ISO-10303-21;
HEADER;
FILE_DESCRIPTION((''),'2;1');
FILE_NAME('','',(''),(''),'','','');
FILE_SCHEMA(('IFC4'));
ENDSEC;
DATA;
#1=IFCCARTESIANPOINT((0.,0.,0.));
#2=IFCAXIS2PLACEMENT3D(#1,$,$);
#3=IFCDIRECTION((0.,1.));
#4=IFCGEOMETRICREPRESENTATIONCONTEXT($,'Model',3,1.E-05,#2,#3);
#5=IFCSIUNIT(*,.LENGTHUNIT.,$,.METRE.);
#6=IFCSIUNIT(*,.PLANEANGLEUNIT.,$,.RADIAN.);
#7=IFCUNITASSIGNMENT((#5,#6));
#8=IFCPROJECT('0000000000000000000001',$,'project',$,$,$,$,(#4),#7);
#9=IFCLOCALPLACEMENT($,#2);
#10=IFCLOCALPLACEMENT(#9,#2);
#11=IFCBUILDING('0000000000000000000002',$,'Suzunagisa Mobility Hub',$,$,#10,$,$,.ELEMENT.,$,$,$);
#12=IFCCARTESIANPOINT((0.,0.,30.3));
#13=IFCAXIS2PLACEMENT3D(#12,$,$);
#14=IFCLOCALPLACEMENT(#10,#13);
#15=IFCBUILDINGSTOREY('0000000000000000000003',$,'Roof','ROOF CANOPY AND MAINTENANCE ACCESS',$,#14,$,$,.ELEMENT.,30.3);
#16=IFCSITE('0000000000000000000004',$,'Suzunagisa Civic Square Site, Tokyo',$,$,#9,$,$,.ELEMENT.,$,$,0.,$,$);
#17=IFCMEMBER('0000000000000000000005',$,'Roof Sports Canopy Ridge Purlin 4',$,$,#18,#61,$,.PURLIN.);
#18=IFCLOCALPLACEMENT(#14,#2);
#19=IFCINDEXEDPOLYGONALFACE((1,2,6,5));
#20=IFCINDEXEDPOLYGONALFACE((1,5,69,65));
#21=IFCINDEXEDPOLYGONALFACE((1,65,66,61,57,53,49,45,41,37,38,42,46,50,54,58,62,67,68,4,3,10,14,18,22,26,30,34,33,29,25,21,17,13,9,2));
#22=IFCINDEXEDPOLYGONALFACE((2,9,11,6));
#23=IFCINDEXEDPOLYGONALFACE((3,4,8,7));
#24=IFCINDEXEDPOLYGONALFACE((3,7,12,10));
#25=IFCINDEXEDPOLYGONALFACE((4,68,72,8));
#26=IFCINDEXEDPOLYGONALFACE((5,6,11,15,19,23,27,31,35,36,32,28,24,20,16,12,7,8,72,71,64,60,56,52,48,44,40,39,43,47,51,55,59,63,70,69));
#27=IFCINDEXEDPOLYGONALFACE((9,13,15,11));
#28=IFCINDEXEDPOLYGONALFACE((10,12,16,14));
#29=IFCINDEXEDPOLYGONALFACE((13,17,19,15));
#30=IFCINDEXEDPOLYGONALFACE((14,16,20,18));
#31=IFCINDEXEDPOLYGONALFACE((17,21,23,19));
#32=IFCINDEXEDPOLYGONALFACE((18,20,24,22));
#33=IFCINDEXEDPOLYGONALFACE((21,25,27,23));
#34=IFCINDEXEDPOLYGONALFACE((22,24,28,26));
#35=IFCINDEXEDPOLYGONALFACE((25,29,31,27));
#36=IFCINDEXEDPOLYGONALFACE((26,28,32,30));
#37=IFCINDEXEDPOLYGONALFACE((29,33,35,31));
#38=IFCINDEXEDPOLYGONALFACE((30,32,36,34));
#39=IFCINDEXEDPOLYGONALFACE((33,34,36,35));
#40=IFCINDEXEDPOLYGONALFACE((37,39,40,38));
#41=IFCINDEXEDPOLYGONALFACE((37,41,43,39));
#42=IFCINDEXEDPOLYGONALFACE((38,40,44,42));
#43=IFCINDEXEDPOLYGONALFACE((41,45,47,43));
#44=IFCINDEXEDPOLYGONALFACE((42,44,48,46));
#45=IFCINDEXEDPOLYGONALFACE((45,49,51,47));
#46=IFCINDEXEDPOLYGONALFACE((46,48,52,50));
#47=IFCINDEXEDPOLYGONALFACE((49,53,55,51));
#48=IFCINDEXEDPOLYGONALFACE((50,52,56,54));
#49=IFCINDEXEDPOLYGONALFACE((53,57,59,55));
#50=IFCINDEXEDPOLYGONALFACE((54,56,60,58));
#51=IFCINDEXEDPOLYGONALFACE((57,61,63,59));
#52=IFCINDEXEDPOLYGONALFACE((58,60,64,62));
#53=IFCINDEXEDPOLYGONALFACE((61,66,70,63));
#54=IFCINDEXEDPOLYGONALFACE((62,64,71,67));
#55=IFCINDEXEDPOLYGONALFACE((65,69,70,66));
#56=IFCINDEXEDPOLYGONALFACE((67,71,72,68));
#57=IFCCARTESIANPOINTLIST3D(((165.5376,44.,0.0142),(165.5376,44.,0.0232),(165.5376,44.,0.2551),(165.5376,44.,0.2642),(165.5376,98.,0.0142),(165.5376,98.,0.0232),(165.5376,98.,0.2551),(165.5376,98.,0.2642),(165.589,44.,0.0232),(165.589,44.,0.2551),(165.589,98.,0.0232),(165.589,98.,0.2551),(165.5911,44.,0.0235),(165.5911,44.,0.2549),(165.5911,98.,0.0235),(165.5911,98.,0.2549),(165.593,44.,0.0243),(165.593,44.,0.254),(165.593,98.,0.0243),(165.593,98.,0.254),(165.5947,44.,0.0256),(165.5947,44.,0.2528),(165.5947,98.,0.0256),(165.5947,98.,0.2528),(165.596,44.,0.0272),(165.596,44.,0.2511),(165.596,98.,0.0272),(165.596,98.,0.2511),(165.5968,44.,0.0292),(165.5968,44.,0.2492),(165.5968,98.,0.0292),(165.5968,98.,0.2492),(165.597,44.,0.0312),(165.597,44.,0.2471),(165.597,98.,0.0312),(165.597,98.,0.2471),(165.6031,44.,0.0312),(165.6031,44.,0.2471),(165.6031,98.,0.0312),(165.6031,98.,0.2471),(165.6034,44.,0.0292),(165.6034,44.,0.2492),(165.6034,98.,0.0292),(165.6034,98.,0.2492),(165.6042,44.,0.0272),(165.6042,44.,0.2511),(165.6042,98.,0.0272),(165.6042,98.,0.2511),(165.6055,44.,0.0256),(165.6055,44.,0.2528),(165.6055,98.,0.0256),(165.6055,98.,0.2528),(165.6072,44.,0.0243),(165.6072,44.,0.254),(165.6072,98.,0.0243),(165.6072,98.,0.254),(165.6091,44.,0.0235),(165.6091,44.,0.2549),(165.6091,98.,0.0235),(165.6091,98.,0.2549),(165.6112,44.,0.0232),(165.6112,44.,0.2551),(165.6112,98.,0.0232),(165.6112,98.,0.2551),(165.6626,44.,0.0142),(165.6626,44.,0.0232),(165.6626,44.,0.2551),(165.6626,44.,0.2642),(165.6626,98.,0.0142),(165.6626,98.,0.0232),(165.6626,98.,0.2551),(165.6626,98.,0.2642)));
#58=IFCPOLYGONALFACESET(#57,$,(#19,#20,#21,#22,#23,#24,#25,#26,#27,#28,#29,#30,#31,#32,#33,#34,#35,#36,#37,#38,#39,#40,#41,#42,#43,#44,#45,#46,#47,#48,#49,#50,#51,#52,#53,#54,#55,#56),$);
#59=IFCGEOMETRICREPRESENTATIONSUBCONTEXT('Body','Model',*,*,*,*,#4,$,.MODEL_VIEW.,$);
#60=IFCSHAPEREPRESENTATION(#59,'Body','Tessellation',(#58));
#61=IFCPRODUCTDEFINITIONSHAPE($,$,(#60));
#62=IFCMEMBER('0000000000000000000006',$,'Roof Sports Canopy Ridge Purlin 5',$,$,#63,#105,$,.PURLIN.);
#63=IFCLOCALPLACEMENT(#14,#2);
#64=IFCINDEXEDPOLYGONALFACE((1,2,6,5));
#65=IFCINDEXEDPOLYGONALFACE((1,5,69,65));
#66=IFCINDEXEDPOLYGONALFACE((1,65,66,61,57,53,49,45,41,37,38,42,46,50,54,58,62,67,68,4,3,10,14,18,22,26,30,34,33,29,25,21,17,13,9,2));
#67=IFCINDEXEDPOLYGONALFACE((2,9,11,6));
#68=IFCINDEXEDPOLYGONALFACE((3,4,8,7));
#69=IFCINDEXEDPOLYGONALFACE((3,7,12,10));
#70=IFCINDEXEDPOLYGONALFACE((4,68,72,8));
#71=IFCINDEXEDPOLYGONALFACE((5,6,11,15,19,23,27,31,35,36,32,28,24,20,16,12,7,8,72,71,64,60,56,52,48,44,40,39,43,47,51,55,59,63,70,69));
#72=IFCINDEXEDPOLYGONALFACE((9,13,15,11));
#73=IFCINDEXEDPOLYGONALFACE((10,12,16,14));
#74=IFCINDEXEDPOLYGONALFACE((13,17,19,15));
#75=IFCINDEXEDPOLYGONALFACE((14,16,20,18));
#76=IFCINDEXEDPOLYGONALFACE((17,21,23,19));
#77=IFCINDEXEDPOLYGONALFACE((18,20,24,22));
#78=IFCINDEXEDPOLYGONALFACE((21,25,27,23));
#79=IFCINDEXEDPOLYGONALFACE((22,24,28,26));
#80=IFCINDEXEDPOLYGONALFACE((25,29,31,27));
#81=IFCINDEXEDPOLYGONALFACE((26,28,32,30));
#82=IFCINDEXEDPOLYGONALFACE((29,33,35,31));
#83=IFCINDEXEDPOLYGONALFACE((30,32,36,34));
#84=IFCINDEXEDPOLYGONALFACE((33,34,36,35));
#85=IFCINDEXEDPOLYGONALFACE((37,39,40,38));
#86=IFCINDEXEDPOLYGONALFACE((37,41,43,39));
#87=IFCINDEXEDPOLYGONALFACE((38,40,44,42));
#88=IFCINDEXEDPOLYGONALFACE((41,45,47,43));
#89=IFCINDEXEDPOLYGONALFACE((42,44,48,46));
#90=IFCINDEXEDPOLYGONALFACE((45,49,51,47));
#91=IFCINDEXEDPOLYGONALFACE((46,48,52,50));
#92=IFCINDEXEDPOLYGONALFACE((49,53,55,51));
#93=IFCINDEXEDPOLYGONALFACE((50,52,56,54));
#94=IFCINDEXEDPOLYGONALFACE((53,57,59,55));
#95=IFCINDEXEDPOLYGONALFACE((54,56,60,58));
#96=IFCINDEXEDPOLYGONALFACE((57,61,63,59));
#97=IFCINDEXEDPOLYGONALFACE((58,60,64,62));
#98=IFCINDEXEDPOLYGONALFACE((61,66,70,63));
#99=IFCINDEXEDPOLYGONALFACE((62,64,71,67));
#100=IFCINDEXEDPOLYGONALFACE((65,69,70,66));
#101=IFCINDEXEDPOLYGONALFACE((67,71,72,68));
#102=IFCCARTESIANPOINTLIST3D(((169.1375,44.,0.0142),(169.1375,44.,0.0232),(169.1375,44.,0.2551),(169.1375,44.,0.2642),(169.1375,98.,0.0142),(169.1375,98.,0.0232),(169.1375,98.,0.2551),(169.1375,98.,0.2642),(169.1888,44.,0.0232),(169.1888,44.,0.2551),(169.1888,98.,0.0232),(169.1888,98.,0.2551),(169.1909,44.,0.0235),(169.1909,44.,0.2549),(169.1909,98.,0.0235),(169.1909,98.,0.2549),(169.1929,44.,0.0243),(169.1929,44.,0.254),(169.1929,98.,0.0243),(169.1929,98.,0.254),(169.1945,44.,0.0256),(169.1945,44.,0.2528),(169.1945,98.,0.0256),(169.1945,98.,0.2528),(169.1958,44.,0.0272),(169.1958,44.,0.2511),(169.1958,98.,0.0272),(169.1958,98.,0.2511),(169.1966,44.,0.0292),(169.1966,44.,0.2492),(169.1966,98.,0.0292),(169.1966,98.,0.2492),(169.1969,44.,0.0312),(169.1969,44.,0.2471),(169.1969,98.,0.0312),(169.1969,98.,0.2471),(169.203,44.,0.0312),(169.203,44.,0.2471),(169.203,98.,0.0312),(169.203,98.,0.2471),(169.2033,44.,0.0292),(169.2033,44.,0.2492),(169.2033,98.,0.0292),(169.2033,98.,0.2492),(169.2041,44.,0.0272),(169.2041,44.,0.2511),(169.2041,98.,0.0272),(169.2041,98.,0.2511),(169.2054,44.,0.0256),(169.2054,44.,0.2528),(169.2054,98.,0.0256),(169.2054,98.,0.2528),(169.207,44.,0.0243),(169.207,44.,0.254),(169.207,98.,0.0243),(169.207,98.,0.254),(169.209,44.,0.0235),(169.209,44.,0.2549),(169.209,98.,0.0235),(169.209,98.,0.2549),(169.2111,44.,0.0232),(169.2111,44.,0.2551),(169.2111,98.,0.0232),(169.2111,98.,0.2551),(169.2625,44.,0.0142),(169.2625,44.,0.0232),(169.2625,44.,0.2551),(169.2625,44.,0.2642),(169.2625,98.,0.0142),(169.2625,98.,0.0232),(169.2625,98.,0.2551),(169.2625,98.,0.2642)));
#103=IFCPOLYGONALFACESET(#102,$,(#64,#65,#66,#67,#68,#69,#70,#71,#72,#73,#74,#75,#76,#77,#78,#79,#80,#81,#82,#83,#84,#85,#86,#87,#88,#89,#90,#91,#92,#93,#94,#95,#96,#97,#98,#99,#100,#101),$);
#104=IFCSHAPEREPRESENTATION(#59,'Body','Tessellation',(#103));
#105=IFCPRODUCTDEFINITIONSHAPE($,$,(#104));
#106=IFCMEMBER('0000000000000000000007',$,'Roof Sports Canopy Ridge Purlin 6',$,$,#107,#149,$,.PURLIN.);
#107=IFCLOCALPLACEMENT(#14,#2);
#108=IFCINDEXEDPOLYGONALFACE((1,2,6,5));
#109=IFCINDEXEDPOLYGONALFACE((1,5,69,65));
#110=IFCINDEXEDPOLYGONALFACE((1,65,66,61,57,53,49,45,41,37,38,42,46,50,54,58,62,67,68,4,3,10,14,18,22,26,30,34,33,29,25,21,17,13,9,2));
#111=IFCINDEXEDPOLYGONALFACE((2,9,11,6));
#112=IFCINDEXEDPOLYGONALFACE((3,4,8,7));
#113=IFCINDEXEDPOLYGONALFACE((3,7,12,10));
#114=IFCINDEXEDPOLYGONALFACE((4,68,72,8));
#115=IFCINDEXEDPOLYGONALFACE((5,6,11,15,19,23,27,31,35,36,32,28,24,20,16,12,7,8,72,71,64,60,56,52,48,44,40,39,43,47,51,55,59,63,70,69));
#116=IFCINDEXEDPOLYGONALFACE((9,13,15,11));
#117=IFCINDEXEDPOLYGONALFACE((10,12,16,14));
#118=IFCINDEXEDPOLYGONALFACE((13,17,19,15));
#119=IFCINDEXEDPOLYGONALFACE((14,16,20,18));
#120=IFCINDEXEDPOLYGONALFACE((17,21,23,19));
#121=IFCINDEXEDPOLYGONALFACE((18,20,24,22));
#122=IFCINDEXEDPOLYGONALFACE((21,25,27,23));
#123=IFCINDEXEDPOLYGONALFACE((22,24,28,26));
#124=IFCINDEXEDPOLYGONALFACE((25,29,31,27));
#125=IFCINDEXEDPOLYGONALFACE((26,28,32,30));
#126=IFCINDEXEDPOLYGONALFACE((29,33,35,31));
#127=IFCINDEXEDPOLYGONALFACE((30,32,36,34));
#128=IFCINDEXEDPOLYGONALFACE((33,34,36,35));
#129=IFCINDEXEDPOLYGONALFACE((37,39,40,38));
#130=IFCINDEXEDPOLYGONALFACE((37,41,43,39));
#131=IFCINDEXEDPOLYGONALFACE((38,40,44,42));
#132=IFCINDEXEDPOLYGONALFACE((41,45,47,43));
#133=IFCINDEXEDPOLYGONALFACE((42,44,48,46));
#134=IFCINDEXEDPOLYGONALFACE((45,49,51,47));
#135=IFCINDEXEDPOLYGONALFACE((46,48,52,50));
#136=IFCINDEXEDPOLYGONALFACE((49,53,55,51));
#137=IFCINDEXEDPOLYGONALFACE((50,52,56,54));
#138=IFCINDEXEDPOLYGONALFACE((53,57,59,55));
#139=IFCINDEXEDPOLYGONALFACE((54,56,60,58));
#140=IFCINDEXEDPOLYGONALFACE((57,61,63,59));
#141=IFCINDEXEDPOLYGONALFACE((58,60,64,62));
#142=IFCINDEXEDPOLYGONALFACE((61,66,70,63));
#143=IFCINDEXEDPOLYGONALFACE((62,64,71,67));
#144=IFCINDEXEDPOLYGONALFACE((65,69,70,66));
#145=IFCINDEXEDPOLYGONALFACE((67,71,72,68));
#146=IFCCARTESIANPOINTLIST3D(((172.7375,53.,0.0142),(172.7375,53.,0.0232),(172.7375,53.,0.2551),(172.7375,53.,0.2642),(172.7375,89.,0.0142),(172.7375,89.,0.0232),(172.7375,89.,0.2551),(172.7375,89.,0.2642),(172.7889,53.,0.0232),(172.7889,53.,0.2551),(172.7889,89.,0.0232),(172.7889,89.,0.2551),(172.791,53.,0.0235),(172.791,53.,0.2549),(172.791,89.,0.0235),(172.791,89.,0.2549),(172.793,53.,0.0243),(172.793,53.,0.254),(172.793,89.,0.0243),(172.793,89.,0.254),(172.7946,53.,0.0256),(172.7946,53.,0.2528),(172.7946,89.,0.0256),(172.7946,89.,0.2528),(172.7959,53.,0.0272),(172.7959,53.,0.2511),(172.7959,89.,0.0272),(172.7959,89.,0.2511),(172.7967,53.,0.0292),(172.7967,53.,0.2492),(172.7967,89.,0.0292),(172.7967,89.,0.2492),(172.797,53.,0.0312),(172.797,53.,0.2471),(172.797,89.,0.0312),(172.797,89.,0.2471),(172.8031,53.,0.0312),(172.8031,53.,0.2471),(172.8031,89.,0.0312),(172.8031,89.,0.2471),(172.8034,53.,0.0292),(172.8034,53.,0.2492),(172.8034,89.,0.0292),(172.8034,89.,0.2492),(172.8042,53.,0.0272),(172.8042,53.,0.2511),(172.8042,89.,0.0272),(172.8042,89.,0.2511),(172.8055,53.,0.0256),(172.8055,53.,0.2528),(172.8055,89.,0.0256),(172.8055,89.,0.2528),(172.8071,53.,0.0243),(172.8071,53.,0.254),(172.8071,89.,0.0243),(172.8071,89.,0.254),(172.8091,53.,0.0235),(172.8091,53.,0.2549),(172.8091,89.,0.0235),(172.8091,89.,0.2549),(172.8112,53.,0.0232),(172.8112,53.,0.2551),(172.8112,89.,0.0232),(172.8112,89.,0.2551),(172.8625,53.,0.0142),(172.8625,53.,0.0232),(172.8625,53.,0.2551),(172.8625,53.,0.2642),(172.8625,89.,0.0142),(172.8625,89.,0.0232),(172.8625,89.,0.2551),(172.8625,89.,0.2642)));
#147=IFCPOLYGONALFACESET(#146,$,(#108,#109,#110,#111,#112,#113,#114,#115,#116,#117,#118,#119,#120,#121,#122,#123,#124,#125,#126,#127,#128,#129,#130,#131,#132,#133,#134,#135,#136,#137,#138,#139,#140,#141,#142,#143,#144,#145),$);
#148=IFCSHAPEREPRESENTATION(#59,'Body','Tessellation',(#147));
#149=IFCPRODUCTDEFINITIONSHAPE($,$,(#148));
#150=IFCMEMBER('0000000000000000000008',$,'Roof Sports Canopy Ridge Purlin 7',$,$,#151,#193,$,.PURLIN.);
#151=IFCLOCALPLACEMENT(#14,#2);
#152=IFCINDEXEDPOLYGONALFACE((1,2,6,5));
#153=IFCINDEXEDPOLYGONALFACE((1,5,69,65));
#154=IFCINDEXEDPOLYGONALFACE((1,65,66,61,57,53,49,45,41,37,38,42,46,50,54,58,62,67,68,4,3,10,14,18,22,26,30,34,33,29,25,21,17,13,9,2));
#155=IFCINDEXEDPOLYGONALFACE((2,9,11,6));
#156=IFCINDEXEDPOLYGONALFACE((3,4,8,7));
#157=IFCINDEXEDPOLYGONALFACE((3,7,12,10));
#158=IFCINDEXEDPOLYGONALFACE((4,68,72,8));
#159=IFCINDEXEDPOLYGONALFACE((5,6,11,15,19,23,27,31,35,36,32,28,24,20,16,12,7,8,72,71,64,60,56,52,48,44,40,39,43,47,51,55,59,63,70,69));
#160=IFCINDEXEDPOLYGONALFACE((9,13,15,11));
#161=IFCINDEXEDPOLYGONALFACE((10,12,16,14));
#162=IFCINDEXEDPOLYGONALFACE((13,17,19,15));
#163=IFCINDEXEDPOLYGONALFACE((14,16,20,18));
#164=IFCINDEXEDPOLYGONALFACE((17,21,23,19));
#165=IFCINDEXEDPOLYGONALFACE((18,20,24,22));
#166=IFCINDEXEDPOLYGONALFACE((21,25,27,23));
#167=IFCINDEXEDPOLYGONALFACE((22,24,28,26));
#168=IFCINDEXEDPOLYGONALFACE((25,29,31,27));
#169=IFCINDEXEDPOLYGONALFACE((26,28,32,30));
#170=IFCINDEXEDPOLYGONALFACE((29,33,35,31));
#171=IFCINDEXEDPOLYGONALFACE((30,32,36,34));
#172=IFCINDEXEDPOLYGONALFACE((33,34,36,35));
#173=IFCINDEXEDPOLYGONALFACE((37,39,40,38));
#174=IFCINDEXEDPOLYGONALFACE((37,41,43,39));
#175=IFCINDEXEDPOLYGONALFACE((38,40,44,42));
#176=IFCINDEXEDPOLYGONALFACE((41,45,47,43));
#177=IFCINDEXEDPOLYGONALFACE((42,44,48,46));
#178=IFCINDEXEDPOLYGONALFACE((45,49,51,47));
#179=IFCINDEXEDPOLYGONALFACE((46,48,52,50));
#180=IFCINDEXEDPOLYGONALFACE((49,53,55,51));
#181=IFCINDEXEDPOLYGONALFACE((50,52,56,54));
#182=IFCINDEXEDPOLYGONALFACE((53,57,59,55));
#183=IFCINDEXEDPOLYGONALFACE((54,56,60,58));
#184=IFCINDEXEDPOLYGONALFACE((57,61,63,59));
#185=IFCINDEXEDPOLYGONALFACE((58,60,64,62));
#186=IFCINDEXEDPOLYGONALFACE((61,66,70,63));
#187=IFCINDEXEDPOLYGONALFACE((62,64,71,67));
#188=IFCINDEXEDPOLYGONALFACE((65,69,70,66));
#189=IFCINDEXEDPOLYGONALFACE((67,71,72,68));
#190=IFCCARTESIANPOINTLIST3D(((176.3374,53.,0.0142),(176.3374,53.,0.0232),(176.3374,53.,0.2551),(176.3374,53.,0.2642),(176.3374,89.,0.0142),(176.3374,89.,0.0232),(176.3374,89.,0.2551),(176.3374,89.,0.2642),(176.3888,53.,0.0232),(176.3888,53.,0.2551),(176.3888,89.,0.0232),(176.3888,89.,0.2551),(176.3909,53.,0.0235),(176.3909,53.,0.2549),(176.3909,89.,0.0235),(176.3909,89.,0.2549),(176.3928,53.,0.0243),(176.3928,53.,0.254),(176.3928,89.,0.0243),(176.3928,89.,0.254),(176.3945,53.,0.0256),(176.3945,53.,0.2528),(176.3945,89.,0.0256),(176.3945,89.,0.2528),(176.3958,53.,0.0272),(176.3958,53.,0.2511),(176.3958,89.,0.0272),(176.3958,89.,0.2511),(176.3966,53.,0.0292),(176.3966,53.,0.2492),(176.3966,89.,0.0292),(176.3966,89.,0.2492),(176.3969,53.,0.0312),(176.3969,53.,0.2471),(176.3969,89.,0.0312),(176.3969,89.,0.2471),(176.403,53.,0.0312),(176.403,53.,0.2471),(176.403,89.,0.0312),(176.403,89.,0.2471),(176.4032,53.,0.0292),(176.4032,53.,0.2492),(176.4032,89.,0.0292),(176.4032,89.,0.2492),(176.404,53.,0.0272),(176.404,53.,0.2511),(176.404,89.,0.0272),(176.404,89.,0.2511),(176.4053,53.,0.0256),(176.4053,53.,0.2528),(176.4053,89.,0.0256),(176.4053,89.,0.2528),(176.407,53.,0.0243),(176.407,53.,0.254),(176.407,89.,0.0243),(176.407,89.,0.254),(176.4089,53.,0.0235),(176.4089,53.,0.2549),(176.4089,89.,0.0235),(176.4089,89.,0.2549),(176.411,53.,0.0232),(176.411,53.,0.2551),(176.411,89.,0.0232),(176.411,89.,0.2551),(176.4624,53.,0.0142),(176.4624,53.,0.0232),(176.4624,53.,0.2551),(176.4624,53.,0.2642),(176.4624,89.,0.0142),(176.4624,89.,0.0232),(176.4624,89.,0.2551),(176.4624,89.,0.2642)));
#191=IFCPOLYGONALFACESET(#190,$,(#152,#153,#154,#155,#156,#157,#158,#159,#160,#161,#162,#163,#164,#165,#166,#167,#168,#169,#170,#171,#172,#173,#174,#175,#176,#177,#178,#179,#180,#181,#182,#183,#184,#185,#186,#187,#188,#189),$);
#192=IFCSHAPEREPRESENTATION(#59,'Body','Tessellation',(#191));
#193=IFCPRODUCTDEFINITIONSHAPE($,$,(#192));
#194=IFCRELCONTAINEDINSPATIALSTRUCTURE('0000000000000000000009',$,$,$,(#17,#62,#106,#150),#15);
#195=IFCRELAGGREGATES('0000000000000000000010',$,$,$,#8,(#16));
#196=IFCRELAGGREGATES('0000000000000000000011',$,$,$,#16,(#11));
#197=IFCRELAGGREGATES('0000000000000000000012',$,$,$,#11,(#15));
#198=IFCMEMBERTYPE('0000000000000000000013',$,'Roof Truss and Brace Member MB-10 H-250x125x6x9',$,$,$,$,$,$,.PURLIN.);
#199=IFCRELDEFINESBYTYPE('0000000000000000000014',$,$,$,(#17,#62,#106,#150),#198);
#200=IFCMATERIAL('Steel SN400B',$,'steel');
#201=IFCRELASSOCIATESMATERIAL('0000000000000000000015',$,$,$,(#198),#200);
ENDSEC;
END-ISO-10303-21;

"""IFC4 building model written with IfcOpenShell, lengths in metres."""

from ifc_helpers import new_model, si_unit, direction, frame, origin, origin_2d, place, context, subcontext, project, spatial, i_section, extrude, material, material_profile, profile_set, type_object, element, save


model = new_model("IFC4")

# Units and contexts
model_context = context("Model", 3, precision=1e-05, world=origin(), true_north=direction((0.0, 1.0)))
body_context = subcontext(model_context, "Body", "Model", "MODEL_VIEW")
ifc_project = project(units=[si_unit("LENGTHUNIT", "METRE"), si_unit("PLANEANGLEUNIT", "RADIAN")], contexts=[model_context])

# Site, building, storey
site_placement = place(None, origin())
site = spatial("IfcSite", under=ifc_project, at=site_placement, Name="Suzunagisa Civic Square Site, Tokyo", CompositionType="ELEMENT", RefElevation=0.0)
building_placement = place(site_placement, origin())
building = spatial("IfcBuilding", under=site, at=building_placement, Name="Suzunagisa Mobility Hub", CompositionType="ELEMENT")
storey_placement = place(building_placement, frame((0.0, 0.0, 30.3)))
storey = spatial("IfcBuildingStorey", under=building, at=storey_placement, Name="Roof", Description="ROOF CANOPY AND MAINTENANCE ACCESS", CompositionType="ELEMENT", Elevation=30.3)

# Members
ifc_material_1 = material(Name="Steel SN400B", Category="steel")
ifc_material_profile_1 = material_profile(ifc_material_1, i_section(OverallWidth=0.125, OverallDepth=0.25, WebThickness=0.0061, FlangeThickness=0.009, FilletRadius=0.0081, at=origin_2d()), Name="H-250x125x6x9")
ifc_profile_set_1 = profile_set([ifc_material_profile_1], Name="Steel SN400B")
member_type_1 = type_object("IfcMemberType", Name="Roof Truss and Brace Member MB-10 H-250x125x6x9", PredefinedType="PURLIN", material=ifc_profile_set_1)
for number, where, z_axis, x_axis, name in (
    (1, (165.6001, 44.0, 0.1392), (0.0, 1.0, 0.0), (-1.0, 0.0, 0.0), "Roof Sports Canopy Ridge Purlin 4"),
    (2, (169.2, 44.0, 0.1392), (0.0, 1.0, 0.0), (-1.0, 0.0, 0.0), "Roof Sports Canopy Ridge Purlin 5"),
):
    element("IfcMember", number, at=place(storey_placement, frame(where, z_axis=z_axis, x_axis=x_axis)), inside=storey, type_object=member_type_1, Name=name, PredefinedType="PURLIN", context=body_context, shape_type="SweptSolid", body=[
        extrude(i_section(OverallWidth=0.125, OverallDepth=0.25, WebThickness=0.0061, FlangeThickness=0.009, FilletRadius=0.0081, at=origin_2d()), origin(), (0.0, 0.0, 1.0), 54.0),
    ])
for number, where, z_axis, x_axis, name in (
    (3, (172.8, 53.0, 0.1392), (0.0, 1.0, 0.0), (-1.0, 0.0, 0.0), "Roof Sports Canopy Ridge Purlin 6"),
    (4, (176.3999, 53.0, 0.1392), (0.0, 1.0, 0.0), (-1.0, 0.0, 0.0), "Roof Sports Canopy Ridge Purlin 7"),
):
    element("IfcMember", number, at=place(storey_placement, frame(where, z_axis=z_axis, x_axis=x_axis)), inside=storey, type_object=member_type_1, Name=name, PredefinedType="PURLIN", context=body_context, shape_type="SweptSolid", body=[
        extrude(i_section(OverallWidth=0.125, OverallDepth=0.25, WebThickness=0.0061, FlangeThickness=0.009, FilletRadius=0.0081, at=origin_2d()), origin(), (0.0, 0.0, 1.0), 36.0),
    ])

save(model, "model.ifc")
